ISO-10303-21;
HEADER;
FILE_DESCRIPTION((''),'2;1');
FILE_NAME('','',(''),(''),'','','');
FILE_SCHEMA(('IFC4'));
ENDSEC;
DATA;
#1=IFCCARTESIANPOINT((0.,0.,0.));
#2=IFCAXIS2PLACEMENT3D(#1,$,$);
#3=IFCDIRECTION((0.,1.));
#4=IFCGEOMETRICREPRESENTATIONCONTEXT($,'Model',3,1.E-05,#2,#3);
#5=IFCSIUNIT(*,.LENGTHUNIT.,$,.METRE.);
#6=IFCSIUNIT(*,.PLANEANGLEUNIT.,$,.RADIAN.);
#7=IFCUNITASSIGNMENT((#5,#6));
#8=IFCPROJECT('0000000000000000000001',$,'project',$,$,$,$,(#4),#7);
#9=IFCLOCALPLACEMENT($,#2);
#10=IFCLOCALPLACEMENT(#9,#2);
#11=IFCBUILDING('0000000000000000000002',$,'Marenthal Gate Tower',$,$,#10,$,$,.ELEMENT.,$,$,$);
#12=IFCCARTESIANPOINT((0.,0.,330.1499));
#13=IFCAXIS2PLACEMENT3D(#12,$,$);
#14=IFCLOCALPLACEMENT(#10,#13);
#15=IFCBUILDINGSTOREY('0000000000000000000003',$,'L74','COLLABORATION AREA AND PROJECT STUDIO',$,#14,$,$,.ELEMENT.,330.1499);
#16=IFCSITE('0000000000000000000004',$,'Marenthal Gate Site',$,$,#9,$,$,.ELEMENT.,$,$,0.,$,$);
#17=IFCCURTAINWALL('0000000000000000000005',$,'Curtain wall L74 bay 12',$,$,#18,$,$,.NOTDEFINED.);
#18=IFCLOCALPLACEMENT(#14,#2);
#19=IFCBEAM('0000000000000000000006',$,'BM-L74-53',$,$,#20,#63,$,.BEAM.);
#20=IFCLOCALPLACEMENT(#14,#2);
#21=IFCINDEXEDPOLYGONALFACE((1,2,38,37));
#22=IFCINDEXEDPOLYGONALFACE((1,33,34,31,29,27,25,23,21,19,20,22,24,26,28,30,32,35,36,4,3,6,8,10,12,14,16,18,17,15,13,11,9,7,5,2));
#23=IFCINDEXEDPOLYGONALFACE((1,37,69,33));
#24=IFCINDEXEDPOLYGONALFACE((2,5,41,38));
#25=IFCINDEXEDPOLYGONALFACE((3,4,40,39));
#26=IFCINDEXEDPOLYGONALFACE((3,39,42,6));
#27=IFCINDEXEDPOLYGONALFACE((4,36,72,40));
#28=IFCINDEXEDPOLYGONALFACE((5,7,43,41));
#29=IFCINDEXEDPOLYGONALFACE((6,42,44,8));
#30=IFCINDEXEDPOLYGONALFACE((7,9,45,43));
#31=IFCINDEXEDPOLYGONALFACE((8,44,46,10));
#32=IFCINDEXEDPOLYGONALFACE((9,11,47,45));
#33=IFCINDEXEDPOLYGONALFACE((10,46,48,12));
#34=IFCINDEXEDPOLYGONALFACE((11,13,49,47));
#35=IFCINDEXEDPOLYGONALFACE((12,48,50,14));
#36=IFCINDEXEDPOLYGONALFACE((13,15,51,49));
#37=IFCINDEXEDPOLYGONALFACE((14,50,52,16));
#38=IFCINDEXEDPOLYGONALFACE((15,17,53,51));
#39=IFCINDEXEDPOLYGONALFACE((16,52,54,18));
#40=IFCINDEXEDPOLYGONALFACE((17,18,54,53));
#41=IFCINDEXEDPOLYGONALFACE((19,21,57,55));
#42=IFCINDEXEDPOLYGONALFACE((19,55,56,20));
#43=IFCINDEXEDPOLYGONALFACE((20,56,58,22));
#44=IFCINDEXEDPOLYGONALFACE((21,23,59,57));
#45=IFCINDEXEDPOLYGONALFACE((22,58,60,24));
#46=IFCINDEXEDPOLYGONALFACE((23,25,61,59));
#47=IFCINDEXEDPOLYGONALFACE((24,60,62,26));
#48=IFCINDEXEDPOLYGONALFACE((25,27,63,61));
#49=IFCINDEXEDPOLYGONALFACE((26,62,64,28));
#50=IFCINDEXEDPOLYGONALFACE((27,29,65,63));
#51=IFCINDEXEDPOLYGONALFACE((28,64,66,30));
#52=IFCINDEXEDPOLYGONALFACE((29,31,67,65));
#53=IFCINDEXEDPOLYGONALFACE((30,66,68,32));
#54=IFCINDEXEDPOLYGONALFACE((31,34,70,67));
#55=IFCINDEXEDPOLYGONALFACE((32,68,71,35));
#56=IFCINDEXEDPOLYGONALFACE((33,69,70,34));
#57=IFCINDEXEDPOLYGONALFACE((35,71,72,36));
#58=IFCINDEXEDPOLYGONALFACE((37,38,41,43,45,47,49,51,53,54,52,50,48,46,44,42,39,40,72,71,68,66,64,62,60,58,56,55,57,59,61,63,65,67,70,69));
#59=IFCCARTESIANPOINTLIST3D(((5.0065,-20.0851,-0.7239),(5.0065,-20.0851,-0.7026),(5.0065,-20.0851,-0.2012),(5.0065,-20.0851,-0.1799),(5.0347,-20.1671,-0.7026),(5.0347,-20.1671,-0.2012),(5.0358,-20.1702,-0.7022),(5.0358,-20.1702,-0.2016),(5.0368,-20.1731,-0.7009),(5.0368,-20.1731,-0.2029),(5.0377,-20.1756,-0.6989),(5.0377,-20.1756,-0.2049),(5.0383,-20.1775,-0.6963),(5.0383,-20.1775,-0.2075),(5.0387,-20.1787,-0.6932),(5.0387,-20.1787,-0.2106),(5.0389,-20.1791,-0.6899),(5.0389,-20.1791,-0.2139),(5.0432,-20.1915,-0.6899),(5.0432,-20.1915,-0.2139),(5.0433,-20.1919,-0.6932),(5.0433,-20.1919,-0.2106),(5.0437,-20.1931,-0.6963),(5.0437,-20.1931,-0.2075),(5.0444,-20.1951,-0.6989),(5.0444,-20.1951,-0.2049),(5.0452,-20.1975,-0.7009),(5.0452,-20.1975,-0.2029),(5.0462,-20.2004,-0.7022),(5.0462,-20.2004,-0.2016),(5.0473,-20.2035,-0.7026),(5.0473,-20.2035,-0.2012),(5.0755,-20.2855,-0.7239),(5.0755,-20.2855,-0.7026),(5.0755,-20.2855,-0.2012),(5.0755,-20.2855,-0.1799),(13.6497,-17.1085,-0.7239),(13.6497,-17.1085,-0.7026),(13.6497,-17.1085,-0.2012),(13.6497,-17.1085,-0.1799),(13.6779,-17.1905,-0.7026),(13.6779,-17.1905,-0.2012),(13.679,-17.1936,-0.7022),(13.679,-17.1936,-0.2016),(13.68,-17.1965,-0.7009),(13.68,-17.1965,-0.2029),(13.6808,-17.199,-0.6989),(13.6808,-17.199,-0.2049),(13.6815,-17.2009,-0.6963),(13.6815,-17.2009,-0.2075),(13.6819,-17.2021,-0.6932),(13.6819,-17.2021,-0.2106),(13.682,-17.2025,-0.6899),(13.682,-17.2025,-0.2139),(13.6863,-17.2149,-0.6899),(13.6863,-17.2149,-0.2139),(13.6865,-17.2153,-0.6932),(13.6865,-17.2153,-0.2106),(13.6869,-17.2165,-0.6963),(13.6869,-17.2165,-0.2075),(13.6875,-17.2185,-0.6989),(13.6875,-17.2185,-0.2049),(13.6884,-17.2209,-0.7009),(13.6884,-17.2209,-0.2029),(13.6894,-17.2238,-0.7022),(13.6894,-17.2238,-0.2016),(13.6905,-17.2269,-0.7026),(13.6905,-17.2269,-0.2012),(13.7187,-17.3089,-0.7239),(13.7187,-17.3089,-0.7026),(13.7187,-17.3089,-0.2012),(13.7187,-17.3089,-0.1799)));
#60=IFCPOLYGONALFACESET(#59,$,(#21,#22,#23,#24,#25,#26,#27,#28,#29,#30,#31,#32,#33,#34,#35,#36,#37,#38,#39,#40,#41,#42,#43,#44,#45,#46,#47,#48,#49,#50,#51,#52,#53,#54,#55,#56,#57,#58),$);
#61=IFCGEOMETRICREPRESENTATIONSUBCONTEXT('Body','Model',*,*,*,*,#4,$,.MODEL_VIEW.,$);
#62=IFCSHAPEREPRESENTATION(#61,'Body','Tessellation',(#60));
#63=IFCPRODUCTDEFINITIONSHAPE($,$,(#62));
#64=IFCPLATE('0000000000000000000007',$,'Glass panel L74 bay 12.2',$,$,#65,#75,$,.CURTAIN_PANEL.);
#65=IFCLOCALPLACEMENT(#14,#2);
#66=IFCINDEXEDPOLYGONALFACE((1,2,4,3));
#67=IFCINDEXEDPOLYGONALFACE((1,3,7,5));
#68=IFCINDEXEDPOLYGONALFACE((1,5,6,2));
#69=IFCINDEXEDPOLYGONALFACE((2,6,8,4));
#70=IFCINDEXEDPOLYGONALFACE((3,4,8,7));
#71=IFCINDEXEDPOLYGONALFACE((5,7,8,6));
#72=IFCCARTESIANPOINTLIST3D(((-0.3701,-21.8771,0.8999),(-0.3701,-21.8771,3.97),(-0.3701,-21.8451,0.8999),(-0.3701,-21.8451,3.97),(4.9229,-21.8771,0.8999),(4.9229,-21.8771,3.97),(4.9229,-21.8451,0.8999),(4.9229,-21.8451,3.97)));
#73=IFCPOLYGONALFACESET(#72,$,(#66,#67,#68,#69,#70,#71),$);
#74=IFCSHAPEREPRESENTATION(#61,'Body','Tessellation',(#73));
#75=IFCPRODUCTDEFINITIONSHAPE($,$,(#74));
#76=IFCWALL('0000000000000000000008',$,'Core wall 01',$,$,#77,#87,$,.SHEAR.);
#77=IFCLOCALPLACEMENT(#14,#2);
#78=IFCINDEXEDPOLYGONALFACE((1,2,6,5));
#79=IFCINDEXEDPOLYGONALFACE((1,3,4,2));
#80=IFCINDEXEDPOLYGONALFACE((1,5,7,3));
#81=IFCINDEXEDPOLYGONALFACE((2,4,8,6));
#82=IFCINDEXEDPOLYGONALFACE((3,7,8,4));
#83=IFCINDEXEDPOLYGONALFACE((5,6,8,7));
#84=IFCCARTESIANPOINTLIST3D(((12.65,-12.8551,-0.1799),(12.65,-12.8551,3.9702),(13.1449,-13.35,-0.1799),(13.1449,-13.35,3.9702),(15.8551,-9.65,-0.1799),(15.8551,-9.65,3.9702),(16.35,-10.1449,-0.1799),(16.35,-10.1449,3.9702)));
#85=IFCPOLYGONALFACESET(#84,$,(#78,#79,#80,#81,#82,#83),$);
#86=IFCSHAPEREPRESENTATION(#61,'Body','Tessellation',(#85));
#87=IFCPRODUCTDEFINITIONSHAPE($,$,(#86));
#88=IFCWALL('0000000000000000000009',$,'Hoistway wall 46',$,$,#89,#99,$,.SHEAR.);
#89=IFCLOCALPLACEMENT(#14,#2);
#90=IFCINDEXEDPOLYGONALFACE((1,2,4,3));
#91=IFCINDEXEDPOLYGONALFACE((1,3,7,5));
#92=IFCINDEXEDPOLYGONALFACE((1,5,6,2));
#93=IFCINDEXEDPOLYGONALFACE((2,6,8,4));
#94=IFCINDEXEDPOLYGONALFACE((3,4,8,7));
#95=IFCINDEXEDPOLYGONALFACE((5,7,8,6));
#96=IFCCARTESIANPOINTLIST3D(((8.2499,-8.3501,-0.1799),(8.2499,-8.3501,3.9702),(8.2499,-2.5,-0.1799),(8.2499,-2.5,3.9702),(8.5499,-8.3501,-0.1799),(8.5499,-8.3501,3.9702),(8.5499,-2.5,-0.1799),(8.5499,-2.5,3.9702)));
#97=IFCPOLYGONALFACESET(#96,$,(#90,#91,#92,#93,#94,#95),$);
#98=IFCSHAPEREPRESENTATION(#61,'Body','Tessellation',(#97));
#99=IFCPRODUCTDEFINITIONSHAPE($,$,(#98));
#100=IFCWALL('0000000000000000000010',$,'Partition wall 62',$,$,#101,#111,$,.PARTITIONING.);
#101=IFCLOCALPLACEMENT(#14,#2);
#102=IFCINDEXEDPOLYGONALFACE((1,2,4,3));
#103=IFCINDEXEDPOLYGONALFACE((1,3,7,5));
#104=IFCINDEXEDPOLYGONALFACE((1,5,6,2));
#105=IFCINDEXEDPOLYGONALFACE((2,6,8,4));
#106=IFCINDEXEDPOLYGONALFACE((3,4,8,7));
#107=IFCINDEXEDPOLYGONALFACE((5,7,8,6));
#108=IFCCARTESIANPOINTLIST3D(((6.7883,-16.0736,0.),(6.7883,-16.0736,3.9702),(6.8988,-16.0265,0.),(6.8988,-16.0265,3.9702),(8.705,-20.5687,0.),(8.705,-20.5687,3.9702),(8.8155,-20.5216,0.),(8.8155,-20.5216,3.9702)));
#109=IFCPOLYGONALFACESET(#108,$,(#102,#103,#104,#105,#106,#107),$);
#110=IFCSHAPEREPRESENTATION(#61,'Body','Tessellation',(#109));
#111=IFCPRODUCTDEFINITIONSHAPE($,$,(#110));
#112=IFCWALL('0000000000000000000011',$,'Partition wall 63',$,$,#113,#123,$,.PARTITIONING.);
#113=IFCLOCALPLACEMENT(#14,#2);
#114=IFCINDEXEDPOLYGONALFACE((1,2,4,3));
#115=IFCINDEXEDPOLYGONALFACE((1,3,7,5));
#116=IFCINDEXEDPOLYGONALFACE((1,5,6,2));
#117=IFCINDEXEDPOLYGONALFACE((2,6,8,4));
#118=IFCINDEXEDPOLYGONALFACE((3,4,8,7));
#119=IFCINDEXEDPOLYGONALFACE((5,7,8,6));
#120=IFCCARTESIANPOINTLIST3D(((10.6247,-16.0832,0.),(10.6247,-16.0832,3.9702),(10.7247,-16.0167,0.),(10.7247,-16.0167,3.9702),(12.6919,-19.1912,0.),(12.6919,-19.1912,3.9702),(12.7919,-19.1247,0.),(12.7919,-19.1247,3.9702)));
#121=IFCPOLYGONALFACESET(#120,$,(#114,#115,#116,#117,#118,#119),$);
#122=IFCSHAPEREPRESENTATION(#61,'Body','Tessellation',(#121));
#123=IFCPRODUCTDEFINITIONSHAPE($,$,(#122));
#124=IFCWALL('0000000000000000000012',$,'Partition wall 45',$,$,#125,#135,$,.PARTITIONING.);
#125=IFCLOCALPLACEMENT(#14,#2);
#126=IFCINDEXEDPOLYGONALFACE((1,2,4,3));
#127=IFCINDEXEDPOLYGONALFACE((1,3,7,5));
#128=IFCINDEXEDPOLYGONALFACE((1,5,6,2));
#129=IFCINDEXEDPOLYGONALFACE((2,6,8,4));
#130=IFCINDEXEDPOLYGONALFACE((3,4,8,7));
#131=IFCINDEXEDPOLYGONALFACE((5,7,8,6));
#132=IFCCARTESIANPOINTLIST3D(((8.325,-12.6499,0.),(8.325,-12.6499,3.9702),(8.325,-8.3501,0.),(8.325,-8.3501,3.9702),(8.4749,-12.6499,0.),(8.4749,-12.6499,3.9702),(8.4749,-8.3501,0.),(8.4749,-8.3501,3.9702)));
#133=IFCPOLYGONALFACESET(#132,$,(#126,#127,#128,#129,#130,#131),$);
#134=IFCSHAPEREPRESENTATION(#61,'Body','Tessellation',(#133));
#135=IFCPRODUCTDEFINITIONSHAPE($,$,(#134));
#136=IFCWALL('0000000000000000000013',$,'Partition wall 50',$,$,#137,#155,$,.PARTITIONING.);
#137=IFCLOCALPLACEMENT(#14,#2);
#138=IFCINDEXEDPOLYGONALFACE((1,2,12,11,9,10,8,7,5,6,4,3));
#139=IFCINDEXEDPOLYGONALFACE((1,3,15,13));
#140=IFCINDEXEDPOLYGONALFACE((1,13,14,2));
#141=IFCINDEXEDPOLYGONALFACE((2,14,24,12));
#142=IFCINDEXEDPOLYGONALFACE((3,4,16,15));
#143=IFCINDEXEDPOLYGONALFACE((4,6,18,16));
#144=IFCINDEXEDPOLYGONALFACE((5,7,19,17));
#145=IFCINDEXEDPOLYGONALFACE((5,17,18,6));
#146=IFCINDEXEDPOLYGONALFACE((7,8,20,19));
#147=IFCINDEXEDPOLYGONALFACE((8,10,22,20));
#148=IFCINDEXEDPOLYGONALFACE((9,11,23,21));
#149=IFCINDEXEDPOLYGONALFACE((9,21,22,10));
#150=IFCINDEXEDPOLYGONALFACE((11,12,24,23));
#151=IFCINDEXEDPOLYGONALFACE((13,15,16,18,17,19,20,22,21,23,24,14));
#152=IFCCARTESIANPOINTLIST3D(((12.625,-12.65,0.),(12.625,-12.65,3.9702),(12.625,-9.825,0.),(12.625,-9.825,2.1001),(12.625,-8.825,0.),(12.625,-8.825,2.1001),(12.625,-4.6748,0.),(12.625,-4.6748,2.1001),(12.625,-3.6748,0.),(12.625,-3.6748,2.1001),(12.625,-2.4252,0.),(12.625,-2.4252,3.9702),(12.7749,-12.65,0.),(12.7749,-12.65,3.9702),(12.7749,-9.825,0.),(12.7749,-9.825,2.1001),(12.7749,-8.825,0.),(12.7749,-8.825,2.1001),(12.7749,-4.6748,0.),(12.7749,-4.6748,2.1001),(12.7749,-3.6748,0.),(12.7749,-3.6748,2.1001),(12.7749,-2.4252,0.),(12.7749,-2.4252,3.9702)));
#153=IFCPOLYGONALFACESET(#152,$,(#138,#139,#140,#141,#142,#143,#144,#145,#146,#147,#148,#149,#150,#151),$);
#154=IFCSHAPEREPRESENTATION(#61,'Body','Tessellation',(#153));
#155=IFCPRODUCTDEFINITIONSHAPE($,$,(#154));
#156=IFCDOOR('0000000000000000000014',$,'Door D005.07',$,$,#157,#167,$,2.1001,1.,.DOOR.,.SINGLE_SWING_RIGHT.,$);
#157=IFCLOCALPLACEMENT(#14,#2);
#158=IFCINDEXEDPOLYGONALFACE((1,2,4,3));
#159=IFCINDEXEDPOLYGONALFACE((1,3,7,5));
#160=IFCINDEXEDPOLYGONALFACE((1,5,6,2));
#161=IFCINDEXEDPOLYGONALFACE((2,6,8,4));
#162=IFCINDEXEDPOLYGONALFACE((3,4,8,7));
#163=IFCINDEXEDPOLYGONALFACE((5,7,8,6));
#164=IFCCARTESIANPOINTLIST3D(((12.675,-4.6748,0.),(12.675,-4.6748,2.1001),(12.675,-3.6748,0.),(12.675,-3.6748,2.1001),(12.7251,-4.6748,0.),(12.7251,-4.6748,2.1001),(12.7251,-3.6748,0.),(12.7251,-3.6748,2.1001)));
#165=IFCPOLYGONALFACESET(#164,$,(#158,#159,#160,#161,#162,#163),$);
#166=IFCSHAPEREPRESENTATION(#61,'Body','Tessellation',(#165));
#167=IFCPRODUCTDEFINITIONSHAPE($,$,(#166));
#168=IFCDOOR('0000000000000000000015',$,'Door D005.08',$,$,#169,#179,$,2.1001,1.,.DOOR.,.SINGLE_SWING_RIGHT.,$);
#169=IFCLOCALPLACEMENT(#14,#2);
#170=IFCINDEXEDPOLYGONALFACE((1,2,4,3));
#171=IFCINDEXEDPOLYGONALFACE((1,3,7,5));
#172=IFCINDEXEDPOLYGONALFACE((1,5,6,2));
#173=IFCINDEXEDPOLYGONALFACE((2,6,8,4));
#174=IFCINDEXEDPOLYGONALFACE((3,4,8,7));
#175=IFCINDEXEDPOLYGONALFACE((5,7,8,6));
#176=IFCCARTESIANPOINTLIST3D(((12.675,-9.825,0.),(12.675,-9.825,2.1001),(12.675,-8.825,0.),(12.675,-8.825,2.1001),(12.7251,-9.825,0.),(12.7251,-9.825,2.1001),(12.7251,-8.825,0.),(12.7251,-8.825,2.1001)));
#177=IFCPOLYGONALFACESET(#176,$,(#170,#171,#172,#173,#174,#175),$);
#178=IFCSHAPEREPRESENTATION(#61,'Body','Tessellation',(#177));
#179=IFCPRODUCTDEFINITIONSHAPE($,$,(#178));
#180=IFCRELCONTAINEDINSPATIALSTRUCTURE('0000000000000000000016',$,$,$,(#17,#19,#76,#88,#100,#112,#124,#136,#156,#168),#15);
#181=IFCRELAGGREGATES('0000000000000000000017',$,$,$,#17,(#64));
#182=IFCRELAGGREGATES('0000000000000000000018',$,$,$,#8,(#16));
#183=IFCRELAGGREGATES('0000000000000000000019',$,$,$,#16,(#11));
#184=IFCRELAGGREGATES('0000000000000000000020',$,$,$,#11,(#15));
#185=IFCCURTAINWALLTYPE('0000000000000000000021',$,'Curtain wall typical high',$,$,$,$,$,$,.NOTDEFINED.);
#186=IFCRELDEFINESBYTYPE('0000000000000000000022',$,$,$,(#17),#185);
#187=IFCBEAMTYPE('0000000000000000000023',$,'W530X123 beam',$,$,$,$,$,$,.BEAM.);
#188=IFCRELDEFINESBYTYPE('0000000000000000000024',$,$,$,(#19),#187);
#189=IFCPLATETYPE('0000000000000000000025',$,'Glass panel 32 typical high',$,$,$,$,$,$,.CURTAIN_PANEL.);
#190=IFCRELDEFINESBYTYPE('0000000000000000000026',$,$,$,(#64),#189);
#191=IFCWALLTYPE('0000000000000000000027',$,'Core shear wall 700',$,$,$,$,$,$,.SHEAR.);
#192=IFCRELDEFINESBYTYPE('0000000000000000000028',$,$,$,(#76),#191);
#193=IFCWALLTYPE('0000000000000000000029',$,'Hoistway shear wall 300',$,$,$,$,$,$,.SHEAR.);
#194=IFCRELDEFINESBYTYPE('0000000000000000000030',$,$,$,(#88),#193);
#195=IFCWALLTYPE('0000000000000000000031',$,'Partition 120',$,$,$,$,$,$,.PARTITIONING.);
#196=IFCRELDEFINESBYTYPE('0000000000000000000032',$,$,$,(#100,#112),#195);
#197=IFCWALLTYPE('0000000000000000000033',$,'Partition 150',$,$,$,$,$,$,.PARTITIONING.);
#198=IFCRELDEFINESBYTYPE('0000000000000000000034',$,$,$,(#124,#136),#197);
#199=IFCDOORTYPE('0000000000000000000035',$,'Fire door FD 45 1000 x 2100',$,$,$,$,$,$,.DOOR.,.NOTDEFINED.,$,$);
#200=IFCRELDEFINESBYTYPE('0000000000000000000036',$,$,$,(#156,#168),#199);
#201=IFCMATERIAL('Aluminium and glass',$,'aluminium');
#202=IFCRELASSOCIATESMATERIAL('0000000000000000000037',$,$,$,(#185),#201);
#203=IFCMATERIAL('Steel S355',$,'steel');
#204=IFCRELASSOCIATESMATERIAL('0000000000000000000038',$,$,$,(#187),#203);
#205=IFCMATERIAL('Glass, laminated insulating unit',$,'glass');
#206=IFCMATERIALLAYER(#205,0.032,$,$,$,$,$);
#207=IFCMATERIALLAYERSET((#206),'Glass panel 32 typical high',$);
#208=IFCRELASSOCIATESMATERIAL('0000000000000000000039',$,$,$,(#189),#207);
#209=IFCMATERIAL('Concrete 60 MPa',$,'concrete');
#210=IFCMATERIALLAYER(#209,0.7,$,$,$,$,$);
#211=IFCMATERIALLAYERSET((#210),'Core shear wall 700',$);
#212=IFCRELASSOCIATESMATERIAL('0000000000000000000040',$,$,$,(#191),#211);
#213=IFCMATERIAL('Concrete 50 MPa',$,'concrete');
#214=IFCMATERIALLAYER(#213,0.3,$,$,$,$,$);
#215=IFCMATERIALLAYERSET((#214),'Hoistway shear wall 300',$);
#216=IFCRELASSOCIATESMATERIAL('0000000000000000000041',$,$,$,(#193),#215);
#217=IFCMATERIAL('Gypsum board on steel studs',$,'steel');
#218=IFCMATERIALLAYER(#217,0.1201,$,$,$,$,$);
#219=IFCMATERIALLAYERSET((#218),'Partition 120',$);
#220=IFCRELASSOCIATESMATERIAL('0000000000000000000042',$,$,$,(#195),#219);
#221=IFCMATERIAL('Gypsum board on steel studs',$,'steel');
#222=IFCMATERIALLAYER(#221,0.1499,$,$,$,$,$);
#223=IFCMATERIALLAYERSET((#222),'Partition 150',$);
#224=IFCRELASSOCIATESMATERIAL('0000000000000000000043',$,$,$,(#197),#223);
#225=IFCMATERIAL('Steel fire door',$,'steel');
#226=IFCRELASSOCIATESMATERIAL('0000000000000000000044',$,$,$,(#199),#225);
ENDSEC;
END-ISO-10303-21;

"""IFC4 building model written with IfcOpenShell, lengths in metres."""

from ifc_helpers import new_model, si_unit, direction, frame, frame_2d, origin, origin_2d, place, context, subcontext, project, spatial, rectangle, i_section, extrude, material, layer, layer_set, material_profile, profile_set, type_object, element, fill, aggregate, save


model = new_model("IFC4")

# Units and contexts
model_context = context("Model", 3, precision=1e-05, world=origin(), true_north=direction((0.0, 1.0)))
body_context = subcontext(model_context, "Body", "Model", "MODEL_VIEW")
ifc_project = project(units=[si_unit("LENGTHUNIT", "METRE"), si_unit("PLANEANGLEUNIT", "RADIAN")], contexts=[model_context])

# Site, building, storey
site_placement = place(None, origin())
site = spatial("IfcSite", under=ifc_project, at=site_placement, Name="Marenthal Gate Site", CompositionType="ELEMENT", RefElevation=0.0)
building_placement = place(site_placement, origin())
building = spatial("IfcBuilding", under=site, at=building_placement, Name="Marenthal Gate Tower", CompositionType="ELEMENT")
storey_placement = place(building_placement, frame((0.0, 0.0, 330.1499)))
storey = spatial("IfcBuildingStorey", under=building, at=storey_placement, Name="L74", Description="COLLABORATION AREA AND PROJECT STUDIO", CompositionType="ELEMENT", Elevation=330.1499)

# Curtain wall
ifc_material_1 = material(Name="Aluminium and glass", Category="aluminium")
curtain_wall_type = type_object("IfcCurtainWallType", Name="Curtain wall typical high", PredefinedType="NOTDEFINED", material=ifc_material_1)
curtain_wall_placement = place(storey_placement, origin())
curtain_wall = element("IfcCurtainWall", 1, at=curtain_wall_placement, inside=storey, type_object=curtain_wall_type, Name="Curtain wall L74 bay 12", PredefinedType="NOTDEFINED")

# Beam
ifc_material_2 = material(Name="Steel S355", Category="steel")
ifc_material_profile_1 = material_profile(ifc_material_2, i_section(OverallWidth=0.2119, OverallDepth=0.5439, WebThickness=0.0132, FlangeThickness=0.0212, FilletRadius=0.0127, at=origin_2d()), Name="W530X123")
ifc_profile_set_1 = profile_set([ifc_material_profile_1], Name="Steel S355")
beam_type_1 = type_object("IfcBeamType", Name="W530X123 beam", PredefinedType="BEAM", material=ifc_profile_set_1)
beam_1_placement = place(storey_placement, frame((5.041, -20.1853, -0.4519), z_axis=(0.945501, 0.325619, 0.0), x_axis=(-0.325619, 0.945501, 0.0)))
element("IfcBeam", 2, at=beam_1_placement, inside=storey, type_object=beam_type_1, Name="BM-L74-53", PredefinedType="BEAM", context=body_context, shape_type="SweptSolid", body=[
    extrude(i_section(OverallWidth=0.2119, OverallDepth=0.5439, WebThickness=0.0132, FlangeThickness=0.0212, FilletRadius=0.0127, at=origin_2d()), origin(), (0.0, 0.0, 1.0), 9.1414),
])

# Plate
ifc_material_3 = material(Name="Glass, laminated insulating unit", Category="glass")
ifc_layer_1 = layer(ifc_material_3, 0.032)
ifc_layer_set_1 = layer_set([ifc_layer_1], Name="Glass panel 32 typical high")
plate_type = type_object("IfcPlateType", Name="Glass panel 32 typical high", PredefinedType="CURTAIN_PANEL", material=ifc_layer_set_1)
plate_placement = place(storey_placement, frame((2.2764, -21.8611, 0.8999), z_axis=(0.0, 0.0, 1.0), x_axis=(1.0, 0.0, 0.0)))
plate = element("IfcPlate", 3, at=plate_placement, type_object=plate_type, Name="Glass panel L74 bay 12.2", PredefinedType="CURTAIN_PANEL", context=body_context, shape_type="SweptSolid", body=[
    extrude(rectangle(XDim=5.293, YDim=0.032, at=origin_2d()), origin(), (0.0, 0.0, 1.0), 3.0701),
])
aggregate(curtain_wall, [plate])

# Walls
ifc_material_4 = material(Name="Concrete 60 MPa", Category="concrete")
ifc_layer_2 = layer(ifc_material_4, 0.7)
ifc_layer_set_2 = layer_set([ifc_layer_2], Name="Core shear wall 700")
wall_type_1 = type_object("IfcWallType", Name="Core shear wall 700", PredefinedType="SHEAR", material=ifc_layer_set_2)
wall_1_placement = place(storey_placement, frame((12.8975, -13.1025, -0.1799), z_axis=(0.0, 0.0, 1.0), x_axis=(0.707107, 0.707107, 0.0)))
element("IfcWall", 4, at=wall_1_placement, inside=storey, type_object=wall_type_1, Name="Core wall 01", PredefinedType="SHEAR", context=body_context, shape_type="SweptSolid", body=[
    extrude(rectangle(XDim=4.5327, YDim=0.7, at=frame_2d((2.2664, 0.0))), origin(), (0.0, 0.0, 1.0), 4.1501),
])
ifc_material_5 = material(Name="Concrete 50 MPa", Category="concrete")
ifc_layer_3 = layer(ifc_material_5, 0.3)
ifc_layer_set_3 = layer_set([ifc_layer_3], Name="Hoistway shear wall 300")
wall_type_2 = type_object("IfcWallType", Name="Hoistway shear wall 300", PredefinedType="SHEAR", material=ifc_layer_set_3)
wall_2_placement = place(storey_placement, frame((8.3999, -8.3501, -0.1799), z_axis=(0.0, 0.0, 1.0), x_axis=(0.0, 1.0, 0.0)))
element("IfcWall", 5, at=wall_2_placement, inside=storey, type_object=wall_type_2, Name="Hoistway wall 46", PredefinedType="SHEAR", context=body_context, shape_type="SweptSolid", body=[
    extrude(rectangle(XDim=5.8501, YDim=0.3, at=frame_2d((2.925, 0.0))), origin(), (0.0, 0.0, 1.0), 4.1501),
])
ifc_material_6 = material(Name="Gypsum board on steel studs", Category="steel")
ifc_layer_4 = layer(ifc_material_6, 0.1201)
ifc_layer_set_4 = layer_set([ifc_layer_4], Name="Partition 120")
wall_type_3 = type_object("IfcWallType", Name="Partition 120", PredefinedType="PARTITIONING", material=ifc_layer_set_4)
wall_3_placement = place(storey_placement, frame((6.8435, -16.05, 0.0), z_axis=(0.0, 0.0, 1.0), x_axis=(0.392236, -0.919864, 0.0)))
element("IfcWall", 6, at=wall_3_placement, inside=storey, type_object=wall_type_3, Name="Partition wall 62", PredefinedType="PARTITIONING", context=body_context, shape_type="SweptSolid", body=[
    extrude(rectangle(XDim=4.8867, YDim=0.1201, at=frame_2d((2.4434, 0.0))), origin(), (0.0, 0.0, 1.0), 3.9702),
])
wall_4_placement = place(storey_placement, frame((10.6748, -16.05, 0.0), z_axis=(0.0, 0.0, 1.0), x_axis=(0.553809, -0.832644, 0.0)))
element("IfcWall", 7, at=wall_4_placement, inside=storey, type_object=wall_type_3, Name="Partition wall 63", PredefinedType="PARTITIONING", context=body_context, shape_type="SweptSolid", body=[
    extrude(rectangle(XDim=3.7327, YDim=0.1201, at=frame_2d((1.8662, 0.0))), origin(), (0.0, 0.0, 1.0), 3.9702),
])
ifc_material_7 = material(Name="Gypsum board on steel studs", Category="steel")
ifc_layer_5 = layer(ifc_material_7, 0.1499)
ifc_layer_set_5 = layer_set([ifc_layer_5], Name="Partition 150")
wall_type_4 = type_object("IfcWallType", Name="Partition 150", PredefinedType="PARTITIONING", material=ifc_layer_set_5)
wall_5_placement = place(storey_placement, frame((8.3999, -12.6499, 0.0), z_axis=(0.0, 0.0, 1.0), x_axis=(0.0, 1.0, 0.0)))
element("IfcWall", 8, at=wall_5_placement, inside=storey, type_object=wall_type_4, Name="Partition wall 45", PredefinedType="PARTITIONING", context=body_context, shape_type="SweptSolid", body=[
    extrude(rectangle(XDim=4.2998, YDim=0.1499, at=frame_2d((2.1499, 0.0))), origin(), (0.0, 0.0, 1.0), 3.9702),
])

# Wall, openings, doors
wall_6_placement = place(storey_placement, frame((12.7, -12.6499, 0.0), z_axis=(0.0, 0.0, 1.0), x_axis=(0.0, 1.0, 0.0)))
wall_6 = element("IfcWall", 9, at=wall_6_placement, inside=storey, type_object=wall_type_4, Name="Partition wall 50", PredefinedType="PARTITIONING", context=body_context, shape_type="SweptSolid", body=[
    extrude(rectangle(XDim=10.2249, YDim=0.1499, at=frame_2d((5.1123, 0.0))), origin(), (0.0, 0.0, 1.0), 3.9702),
])
opening_1_placement = place(wall_6_placement, frame((7.9751, 0.0, 0.0)))
opening_1 = element("IfcOpeningElement", 10, at=opening_1_placement, cuts=wall_6, PredefinedType="OPENING", context=body_context, shape_type="SweptSolid", body=[
    extrude(rectangle(XDim=1.0, YDim=2.1001, at=frame_2d((0.5, 1.05))), frame((0.0, 0.085, 0.0), z_axis=(0.0, -1.0, 0.0), x_axis=(1.0, 0.0, 0.0)), (0.0, 0.0, 1.0), 0.1699),
])
opening_2_placement = place(wall_6_placement, frame((2.825, 0.0, 0.0)))
opening_2 = element("IfcOpeningElement", 11, at=opening_2_placement, cuts=wall_6, PredefinedType="OPENING", context=body_context, shape_type="SweptSolid", body=[
    extrude(rectangle(XDim=1.0, YDim=2.1001, at=frame_2d((0.5, 1.05))), frame((0.0, 0.085, 0.0), z_axis=(0.0, -1.0, 0.0), x_axis=(1.0, 0.0, 0.0)), (0.0, 0.0, 1.0), 0.1699),
])
ifc_material_8 = material(Name="Steel fire door", Category="steel")
door_type_1 = type_object("IfcDoorType", Name="Fire door FD 45 1000 x 2100", OperationType="NOTDEFINED", PredefinedType="DOOR", material=ifc_material_8)
door_1_placement = place(opening_1_placement, origin())
door_1 = element("IfcDoor", 12, at=door_1_placement, inside=storey, type_object=door_type_1, Name="Door D005.07", OperationType="SINGLE_SWING_RIGHT", OverallHeight=2.1001, OverallWidth=1.0, PredefinedType="DOOR", context=body_context, shape_type="SweptSolid", body=[
    extrude(rectangle(XDim=1.0, YDim=2.1001, at=frame_2d((0.5, 1.05))), frame((0.0, 0.0249, 0.0), z_axis=(0.0, -1.0, 0.0), x_axis=(1.0, 0.0, 0.0)), (0.0, 0.0, 1.0), 0.05),
])
fill(opening_1, door_1)
door_2_placement = place(opening_2_placement, origin())
door_2 = element("IfcDoor", 13, at=door_2_placement, inside=storey, type_object=door_type_1, Name="Door D005.08", OperationType="SINGLE_SWING_RIGHT", OverallHeight=2.1001, OverallWidth=1.0, PredefinedType="DOOR", context=body_context, shape_type="SweptSolid", body=[
    extrude(rectangle(XDim=1.0, YDim=2.1001, at=frame_2d((0.5, 1.05))), frame((0.0, 0.0249, 0.0), z_axis=(0.0, -1.0, 0.0), x_axis=(1.0, 0.0, 0.0)), (0.0, 0.0, 1.0), 0.05),
])
fill(opening_2, door_2)

save(model, "model.ifc")
